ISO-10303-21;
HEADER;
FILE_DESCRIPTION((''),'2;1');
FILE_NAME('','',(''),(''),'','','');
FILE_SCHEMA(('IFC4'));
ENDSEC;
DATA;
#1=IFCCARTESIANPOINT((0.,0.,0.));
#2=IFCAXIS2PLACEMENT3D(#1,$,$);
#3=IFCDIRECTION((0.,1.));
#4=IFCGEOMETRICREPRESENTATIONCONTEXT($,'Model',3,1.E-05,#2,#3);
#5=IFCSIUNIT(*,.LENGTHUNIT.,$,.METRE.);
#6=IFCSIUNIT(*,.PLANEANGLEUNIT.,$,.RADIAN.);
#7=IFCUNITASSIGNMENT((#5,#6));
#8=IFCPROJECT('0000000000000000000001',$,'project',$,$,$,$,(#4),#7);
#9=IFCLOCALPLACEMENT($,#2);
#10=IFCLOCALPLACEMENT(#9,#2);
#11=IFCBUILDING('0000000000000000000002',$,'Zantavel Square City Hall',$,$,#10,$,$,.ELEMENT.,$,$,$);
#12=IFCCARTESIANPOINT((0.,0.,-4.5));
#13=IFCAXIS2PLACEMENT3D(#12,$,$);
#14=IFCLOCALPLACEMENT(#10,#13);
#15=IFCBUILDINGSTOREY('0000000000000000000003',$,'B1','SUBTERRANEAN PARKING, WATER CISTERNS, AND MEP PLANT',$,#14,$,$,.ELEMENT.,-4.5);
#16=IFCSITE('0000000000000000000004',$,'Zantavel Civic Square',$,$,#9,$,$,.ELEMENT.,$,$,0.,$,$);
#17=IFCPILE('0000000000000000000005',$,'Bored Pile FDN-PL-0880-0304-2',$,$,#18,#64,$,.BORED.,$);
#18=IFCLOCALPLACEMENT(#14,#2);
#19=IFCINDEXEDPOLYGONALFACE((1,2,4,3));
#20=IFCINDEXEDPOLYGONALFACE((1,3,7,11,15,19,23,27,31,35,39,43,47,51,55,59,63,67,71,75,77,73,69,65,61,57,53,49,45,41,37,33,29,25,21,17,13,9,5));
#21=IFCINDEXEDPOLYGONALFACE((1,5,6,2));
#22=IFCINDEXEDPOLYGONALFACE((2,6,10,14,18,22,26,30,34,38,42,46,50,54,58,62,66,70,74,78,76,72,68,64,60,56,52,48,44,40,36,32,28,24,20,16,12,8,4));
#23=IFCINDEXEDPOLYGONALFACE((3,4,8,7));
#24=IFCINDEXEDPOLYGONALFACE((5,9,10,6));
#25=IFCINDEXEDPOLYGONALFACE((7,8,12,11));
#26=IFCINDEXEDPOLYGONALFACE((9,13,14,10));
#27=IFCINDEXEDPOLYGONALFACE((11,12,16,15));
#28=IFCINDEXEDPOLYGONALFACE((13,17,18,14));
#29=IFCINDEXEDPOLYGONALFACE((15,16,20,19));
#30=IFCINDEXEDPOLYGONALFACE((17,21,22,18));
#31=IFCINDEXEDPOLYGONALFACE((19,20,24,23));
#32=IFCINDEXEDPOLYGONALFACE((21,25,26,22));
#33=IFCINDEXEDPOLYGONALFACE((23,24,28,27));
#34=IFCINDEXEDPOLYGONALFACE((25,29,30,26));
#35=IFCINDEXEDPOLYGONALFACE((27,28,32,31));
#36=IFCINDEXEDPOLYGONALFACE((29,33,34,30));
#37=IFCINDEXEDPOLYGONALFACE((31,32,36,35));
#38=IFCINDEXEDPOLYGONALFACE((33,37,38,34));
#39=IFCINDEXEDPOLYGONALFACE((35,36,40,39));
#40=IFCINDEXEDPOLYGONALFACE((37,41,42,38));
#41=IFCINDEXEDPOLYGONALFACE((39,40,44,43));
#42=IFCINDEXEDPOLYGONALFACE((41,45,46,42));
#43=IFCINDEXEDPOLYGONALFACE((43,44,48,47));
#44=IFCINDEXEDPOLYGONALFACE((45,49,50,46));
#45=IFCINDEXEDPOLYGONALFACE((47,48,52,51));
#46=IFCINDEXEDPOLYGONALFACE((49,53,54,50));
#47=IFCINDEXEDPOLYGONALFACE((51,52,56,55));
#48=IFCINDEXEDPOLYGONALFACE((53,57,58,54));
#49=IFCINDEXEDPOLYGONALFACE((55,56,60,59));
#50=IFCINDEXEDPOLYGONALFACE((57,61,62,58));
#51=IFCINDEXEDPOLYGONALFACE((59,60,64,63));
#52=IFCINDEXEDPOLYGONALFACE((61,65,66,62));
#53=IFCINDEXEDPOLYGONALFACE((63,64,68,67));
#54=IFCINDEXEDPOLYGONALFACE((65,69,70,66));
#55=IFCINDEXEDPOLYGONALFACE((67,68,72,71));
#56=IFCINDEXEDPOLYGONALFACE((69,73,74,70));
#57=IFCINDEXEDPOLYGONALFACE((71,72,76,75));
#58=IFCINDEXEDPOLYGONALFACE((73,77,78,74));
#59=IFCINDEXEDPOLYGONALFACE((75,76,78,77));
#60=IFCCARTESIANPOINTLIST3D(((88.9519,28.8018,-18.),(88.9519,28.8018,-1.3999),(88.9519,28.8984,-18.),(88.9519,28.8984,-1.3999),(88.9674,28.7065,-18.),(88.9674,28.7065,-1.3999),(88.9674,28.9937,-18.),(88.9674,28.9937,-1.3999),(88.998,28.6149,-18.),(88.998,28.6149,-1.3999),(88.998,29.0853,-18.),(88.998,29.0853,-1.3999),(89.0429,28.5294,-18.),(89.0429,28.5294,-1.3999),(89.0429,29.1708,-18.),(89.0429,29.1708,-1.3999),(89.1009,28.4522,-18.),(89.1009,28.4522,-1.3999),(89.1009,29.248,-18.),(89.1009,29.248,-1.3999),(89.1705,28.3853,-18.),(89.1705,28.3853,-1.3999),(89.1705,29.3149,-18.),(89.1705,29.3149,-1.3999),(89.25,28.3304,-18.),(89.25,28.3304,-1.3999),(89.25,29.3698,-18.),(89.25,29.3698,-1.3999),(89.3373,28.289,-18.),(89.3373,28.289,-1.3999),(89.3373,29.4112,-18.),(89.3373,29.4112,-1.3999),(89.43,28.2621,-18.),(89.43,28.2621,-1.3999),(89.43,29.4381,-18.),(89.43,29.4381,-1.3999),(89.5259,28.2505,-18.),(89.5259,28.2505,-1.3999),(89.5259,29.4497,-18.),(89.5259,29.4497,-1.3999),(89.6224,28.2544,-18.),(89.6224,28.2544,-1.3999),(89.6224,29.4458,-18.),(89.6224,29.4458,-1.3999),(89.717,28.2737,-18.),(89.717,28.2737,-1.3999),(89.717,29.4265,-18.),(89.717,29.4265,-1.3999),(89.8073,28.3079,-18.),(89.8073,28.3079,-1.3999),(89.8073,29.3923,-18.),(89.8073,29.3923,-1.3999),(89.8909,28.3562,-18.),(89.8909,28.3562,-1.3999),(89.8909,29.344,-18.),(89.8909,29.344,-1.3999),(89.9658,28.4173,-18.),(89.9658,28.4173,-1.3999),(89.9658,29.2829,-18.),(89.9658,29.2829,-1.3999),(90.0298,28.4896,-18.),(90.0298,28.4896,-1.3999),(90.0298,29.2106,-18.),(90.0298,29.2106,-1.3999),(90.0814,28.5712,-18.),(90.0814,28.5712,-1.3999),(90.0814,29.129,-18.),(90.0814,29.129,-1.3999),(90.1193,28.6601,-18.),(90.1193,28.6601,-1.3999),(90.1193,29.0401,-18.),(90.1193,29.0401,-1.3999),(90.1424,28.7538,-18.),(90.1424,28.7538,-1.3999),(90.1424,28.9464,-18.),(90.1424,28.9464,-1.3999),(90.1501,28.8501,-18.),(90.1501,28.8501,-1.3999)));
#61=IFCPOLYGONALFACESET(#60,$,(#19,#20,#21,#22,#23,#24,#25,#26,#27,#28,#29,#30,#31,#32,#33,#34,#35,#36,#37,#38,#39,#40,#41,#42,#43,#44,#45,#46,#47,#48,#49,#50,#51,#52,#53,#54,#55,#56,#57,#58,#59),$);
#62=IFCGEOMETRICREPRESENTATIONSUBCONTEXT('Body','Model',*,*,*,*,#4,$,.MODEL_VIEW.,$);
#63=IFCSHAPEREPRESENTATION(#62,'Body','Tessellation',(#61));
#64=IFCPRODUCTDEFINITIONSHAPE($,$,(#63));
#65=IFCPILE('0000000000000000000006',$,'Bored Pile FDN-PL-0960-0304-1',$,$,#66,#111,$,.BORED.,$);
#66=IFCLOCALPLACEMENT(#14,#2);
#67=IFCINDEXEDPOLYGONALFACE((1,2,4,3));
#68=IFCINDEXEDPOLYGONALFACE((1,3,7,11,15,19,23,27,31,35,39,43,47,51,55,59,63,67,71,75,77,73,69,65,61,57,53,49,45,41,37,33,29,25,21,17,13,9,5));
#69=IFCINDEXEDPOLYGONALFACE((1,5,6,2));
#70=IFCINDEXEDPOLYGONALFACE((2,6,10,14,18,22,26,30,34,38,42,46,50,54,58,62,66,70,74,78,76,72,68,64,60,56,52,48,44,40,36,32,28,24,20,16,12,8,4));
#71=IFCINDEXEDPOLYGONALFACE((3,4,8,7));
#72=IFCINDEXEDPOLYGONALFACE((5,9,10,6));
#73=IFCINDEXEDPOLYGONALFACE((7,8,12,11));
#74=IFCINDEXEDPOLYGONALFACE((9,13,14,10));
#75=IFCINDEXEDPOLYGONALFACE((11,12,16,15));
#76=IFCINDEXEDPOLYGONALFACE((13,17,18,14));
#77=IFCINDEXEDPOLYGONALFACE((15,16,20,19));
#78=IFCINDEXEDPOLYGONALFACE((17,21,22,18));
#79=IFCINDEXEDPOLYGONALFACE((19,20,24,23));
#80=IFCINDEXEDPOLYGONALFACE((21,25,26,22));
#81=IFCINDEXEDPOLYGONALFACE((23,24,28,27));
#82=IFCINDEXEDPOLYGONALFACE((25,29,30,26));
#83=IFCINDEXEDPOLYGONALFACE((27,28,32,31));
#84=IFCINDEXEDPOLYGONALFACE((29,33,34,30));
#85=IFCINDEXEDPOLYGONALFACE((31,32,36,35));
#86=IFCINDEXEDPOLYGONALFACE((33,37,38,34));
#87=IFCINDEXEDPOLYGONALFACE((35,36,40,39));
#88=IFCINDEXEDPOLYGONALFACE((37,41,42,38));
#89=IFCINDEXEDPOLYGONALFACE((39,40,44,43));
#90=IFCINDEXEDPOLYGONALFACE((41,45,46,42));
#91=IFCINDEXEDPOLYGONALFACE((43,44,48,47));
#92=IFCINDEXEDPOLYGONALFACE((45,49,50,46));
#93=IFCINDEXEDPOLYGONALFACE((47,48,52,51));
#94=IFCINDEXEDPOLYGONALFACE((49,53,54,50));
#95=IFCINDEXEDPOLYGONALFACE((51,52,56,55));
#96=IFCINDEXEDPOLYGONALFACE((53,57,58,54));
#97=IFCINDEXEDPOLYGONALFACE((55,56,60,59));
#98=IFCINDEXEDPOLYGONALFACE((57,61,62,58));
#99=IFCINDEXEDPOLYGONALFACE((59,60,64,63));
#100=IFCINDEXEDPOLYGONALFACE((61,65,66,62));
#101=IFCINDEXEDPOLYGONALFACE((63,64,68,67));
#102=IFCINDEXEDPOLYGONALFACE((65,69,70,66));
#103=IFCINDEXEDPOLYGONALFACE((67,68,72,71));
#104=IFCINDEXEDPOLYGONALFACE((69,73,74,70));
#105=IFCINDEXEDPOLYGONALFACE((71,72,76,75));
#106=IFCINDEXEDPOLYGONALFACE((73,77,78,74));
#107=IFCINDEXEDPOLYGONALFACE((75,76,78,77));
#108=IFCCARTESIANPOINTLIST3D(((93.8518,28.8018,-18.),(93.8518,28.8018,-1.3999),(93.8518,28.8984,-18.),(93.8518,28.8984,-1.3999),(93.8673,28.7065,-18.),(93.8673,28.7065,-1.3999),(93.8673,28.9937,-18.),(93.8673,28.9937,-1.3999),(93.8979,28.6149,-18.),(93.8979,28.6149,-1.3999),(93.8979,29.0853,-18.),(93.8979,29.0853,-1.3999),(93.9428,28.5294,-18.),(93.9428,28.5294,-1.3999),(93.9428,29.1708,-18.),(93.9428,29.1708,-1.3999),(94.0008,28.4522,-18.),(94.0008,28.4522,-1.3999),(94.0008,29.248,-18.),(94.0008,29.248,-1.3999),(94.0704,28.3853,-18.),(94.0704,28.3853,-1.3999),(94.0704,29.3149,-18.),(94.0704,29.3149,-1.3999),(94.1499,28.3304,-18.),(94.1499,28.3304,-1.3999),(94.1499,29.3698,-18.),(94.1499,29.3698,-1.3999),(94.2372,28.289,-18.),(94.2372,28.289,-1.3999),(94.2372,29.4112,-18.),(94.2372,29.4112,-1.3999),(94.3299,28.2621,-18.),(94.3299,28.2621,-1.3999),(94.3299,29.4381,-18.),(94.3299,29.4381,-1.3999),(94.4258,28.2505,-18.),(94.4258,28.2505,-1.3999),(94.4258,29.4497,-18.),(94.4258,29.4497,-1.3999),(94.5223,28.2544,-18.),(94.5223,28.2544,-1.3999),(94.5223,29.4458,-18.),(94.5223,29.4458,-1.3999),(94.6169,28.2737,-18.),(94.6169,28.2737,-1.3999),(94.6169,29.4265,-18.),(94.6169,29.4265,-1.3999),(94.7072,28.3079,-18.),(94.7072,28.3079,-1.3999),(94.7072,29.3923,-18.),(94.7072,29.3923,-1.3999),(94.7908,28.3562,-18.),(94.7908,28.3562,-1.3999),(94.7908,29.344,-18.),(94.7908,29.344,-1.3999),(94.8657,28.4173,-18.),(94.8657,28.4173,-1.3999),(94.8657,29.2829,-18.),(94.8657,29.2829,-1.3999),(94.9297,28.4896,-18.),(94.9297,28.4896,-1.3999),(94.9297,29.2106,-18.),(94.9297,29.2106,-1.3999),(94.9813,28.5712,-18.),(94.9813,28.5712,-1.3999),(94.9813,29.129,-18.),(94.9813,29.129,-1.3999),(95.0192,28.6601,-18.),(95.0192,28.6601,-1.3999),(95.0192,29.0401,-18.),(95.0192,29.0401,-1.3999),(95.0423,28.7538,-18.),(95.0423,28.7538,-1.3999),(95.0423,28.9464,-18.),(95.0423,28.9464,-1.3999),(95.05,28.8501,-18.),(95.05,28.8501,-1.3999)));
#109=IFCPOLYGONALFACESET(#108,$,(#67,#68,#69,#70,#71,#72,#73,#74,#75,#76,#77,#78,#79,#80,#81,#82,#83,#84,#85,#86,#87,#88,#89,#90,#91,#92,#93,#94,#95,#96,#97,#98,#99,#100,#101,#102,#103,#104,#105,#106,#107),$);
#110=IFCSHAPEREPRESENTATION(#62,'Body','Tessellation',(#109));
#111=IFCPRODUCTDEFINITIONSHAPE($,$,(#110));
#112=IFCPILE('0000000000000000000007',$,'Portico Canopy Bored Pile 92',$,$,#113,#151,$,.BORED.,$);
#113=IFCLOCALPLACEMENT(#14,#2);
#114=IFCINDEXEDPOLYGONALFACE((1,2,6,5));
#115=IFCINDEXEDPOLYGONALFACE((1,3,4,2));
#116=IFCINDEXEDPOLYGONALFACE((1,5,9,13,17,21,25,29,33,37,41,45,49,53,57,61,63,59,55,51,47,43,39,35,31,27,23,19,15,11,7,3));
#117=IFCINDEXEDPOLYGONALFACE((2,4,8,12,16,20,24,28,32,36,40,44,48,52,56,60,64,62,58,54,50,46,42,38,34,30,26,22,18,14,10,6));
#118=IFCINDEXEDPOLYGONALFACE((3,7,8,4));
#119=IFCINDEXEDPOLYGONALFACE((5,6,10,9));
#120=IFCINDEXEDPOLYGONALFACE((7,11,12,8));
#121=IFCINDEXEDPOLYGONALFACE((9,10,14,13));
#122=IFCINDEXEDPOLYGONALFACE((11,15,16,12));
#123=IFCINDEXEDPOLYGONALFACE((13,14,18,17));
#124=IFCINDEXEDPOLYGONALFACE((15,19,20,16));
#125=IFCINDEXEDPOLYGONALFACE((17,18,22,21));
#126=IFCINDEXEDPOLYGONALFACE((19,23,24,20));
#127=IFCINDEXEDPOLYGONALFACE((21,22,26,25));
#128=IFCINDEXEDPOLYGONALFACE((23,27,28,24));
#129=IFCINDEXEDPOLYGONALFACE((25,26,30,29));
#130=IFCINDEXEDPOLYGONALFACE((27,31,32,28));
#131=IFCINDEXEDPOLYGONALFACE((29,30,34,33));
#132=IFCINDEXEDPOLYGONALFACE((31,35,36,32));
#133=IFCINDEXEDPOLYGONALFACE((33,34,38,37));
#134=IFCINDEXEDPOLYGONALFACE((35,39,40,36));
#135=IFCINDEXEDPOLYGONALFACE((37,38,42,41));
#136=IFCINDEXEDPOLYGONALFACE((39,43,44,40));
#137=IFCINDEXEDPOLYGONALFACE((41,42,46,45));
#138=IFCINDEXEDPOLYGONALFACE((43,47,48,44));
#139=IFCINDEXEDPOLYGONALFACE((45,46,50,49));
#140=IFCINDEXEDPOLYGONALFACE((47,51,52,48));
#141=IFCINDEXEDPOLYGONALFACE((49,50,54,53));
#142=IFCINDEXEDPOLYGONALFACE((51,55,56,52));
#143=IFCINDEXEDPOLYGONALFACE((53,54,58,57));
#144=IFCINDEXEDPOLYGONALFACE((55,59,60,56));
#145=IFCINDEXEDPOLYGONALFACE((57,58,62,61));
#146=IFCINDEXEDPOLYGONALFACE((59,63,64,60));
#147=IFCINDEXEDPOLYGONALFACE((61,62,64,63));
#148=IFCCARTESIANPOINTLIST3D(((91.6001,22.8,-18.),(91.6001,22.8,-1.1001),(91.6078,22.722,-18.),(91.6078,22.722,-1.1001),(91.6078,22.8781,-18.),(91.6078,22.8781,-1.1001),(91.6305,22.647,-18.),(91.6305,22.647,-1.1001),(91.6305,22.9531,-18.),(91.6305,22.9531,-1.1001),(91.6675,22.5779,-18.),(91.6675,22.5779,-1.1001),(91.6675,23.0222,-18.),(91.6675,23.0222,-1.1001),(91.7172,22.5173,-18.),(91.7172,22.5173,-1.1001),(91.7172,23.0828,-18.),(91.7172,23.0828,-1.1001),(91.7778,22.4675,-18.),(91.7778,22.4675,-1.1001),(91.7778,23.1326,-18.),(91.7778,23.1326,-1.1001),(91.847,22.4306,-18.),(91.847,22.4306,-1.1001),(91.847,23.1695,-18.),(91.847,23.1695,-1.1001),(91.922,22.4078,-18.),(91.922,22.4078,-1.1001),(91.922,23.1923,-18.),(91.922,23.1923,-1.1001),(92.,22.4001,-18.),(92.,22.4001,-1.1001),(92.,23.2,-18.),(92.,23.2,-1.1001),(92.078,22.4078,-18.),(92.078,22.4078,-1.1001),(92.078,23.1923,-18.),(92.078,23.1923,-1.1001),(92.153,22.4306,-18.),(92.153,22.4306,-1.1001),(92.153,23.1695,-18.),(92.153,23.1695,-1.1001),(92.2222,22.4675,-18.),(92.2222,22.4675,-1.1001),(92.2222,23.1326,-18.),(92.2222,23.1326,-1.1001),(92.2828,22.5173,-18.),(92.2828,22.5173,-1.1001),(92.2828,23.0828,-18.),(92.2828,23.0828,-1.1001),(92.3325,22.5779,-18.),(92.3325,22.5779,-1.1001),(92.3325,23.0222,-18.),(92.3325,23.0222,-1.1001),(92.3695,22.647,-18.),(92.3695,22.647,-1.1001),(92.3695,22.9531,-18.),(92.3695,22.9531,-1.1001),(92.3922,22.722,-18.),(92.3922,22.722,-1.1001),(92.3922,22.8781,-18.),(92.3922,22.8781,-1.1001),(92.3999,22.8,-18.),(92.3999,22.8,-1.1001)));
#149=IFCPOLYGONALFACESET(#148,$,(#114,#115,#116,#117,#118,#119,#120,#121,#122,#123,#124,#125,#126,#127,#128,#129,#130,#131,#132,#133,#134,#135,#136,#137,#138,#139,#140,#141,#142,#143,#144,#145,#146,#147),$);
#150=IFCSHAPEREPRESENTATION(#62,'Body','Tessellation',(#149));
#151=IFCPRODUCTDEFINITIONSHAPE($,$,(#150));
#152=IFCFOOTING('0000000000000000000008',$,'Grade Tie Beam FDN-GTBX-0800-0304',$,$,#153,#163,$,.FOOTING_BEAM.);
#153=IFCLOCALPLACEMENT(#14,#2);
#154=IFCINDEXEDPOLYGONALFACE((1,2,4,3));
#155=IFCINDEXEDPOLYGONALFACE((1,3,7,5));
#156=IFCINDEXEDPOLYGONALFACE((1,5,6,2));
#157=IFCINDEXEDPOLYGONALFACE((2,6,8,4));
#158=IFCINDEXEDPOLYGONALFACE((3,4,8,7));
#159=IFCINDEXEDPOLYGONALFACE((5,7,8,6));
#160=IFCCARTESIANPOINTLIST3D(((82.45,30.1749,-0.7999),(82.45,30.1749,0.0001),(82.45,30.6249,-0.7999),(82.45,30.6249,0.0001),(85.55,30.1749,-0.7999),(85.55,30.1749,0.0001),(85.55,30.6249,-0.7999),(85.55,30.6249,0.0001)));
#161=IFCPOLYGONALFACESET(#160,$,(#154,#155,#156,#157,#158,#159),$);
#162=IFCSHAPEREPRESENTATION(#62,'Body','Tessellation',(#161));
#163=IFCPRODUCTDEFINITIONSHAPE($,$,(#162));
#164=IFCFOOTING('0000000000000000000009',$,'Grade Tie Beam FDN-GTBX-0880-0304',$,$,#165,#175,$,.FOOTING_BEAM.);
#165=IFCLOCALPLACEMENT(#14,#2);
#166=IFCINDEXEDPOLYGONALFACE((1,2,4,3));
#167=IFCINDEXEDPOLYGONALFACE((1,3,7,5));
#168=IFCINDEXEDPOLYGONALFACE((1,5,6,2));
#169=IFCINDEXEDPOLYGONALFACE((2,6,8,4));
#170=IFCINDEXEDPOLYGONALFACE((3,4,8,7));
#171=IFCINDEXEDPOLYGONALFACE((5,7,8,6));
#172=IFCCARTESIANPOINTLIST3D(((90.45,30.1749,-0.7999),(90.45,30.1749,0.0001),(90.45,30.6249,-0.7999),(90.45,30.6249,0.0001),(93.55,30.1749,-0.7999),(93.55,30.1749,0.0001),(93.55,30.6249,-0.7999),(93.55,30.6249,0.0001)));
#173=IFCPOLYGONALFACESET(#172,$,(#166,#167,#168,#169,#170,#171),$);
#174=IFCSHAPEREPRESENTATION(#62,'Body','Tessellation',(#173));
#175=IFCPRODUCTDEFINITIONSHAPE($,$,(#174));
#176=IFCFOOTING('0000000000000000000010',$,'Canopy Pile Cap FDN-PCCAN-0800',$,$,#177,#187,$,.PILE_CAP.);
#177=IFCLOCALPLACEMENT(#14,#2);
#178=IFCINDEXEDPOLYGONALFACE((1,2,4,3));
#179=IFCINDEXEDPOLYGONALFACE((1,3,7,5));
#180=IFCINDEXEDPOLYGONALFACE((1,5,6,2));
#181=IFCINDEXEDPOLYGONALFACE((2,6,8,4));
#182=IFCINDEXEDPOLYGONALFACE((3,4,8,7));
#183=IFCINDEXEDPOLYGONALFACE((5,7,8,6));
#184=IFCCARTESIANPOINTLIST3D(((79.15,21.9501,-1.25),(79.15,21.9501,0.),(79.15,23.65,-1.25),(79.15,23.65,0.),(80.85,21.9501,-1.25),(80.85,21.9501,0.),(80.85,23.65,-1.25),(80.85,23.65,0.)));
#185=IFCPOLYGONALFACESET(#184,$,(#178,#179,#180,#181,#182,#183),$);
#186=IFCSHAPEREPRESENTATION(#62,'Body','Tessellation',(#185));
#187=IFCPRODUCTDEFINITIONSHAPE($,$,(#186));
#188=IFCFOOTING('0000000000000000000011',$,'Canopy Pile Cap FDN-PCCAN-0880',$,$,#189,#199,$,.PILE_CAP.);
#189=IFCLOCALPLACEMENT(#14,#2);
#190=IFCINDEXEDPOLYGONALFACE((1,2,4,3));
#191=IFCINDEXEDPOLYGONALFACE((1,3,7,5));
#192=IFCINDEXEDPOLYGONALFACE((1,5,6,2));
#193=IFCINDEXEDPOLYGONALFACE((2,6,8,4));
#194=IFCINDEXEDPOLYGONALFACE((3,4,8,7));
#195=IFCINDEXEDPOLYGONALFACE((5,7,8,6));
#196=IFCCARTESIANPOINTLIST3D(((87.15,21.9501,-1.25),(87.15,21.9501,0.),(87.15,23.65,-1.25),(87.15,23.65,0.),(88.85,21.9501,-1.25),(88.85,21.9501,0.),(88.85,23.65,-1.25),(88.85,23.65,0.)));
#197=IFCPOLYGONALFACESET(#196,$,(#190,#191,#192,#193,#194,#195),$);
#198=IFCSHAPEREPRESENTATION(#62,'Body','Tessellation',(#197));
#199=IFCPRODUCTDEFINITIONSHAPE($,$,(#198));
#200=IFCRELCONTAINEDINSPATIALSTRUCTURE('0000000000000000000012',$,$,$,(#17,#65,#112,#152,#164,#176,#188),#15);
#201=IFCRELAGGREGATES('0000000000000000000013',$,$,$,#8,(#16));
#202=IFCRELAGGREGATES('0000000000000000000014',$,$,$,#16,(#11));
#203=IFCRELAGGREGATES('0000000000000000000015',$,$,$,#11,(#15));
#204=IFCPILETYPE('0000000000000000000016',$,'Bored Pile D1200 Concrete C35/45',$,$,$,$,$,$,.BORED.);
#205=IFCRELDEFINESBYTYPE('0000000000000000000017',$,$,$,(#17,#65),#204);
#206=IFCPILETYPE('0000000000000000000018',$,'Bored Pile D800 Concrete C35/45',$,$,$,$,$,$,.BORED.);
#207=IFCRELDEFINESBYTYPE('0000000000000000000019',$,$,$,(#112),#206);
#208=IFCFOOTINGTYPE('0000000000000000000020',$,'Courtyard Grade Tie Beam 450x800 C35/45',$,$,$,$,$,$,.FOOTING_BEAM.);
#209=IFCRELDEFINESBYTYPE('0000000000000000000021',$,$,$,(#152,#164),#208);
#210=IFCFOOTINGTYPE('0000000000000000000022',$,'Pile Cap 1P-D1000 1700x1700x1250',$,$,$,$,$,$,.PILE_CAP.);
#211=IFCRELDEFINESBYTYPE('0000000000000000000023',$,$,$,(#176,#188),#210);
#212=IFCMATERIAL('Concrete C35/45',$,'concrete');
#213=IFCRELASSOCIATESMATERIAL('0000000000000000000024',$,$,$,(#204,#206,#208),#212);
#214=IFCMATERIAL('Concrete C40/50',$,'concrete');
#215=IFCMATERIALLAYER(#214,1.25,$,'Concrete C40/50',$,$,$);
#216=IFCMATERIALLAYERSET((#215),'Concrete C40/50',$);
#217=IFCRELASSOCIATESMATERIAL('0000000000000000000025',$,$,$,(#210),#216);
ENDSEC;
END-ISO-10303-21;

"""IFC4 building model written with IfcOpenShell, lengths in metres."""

from ifc_helpers import new_model, si_unit, direction, frame, origin, origin_2d, place, context, subcontext, project, spatial, rectangle, circle, extrude, material, layer, layer_set, material_profile, profile_set, type_object, element, save


model = new_model("IFC4")

# Units and contexts
model_context = context("Model", 3, precision=1e-05, world=origin(), true_north=direction((0.0, 1.0)))
body_context = subcontext(model_context, "Body", "Model", "MODEL_VIEW")
ifc_project = project(units=[si_unit("LENGTHUNIT", "METRE"), si_unit("PLANEANGLEUNIT", "RADIAN")], contexts=[model_context])

# Site, building, storey
site_placement = place(None, origin())
site = spatial("IfcSite", under=ifc_project, at=site_placement, Name="Zantavel Civic Square", CompositionType="ELEMENT", RefElevation=0.0)
building_placement = place(site_placement, origin())
building = spatial("IfcBuilding", under=site, at=building_placement, Name="Zantavel Square City Hall", CompositionType="ELEMENT")
storey_placement = place(building_placement, frame((0.0, 0.0, -4.5)))
storey = spatial("IfcBuildingStorey", under=building, at=storey_placement, Name="B1", Description="SUBTERRANEAN PARKING, WATER CISTERNS, AND MEP PLANT", CompositionType="ELEMENT", Elevation=-4.5)

# Piles
ifc_material_1 = material(Name="Concrete C35/45", Category="concrete")
ifc_material_profile_1 = material_profile(ifc_material_1, circle(Radius=0.6001, at=origin_2d()), Name="PILE D1200")
ifc_profile_set_1 = profile_set([ifc_material_profile_1], Name="Concrete C35/45")
pile_type_1 = type_object("IfcPileType", Name="Bored Pile D1200 Concrete C35/45", PredefinedType="BORED", material=ifc_profile_set_1)
for number, where, z_axis, x_axis, name in (
    (1, (89.55, 28.8501, -1.3999), (0.0, 0.0, -1.0), (1.0, 0.0, 0.0), "Bored Pile FDN-PL-0880-0304-2"),
    (2, (94.45, 28.8501, -1.3999), (0.0, 0.0, -1.0), (1.0, 0.0, 0.0), "Bored Pile FDN-PL-0960-0304-1"),
):
    element("IfcPile", number, at=place(storey_placement, frame(where, z_axis=z_axis, x_axis=x_axis)), inside=storey, type_object=pile_type_1, Name=name, PredefinedType="BORED", context=body_context, shape_type="SweptSolid", body=[
        extrude(circle(Radius=0.6001, at=origin_2d()), origin(), (0.0, 0.0, 1.0), 16.6001),
    ])
ifc_material_profile_2 = material_profile(ifc_material_1, circle(Radius=0.3999, at=origin_2d()), Name="PILE D800")
ifc_profile_set_2 = profile_set([ifc_material_profile_2], Name="Concrete C35/45")
pile_type_2 = type_object("IfcPileType", Name="Bored Pile D800 Concrete C35/45", PredefinedType="BORED", material=ifc_profile_set_2)
pile_placement = place(storey_placement, frame((92.0, 22.8, -1.1001), z_axis=(0.0, 0.0, -1.0), x_axis=(1.0, 0.0, 0.0)))
element("IfcPile", 3, at=pile_placement, inside=storey, type_object=pile_type_2, Name="Portico Canopy Bored Pile 92", PredefinedType="BORED", context=body_context, shape_type="SweptSolid", body=[
    extrude(circle(Radius=0.3999, at=origin_2d()), origin(), (0.0, 0.0, 1.0), 16.8999),
])

# Footings
ifc_material_profile_3 = material_profile(ifc_material_1, rectangle(XDim=0.45, YDim=0.8, at=origin_2d()), Name="RC 450x800")
ifc_profile_set_3 = profile_set([ifc_material_profile_3], Name="Concrete C35/45")
footing_type_1 = type_object("IfcFootingType", Name="Courtyard Grade Tie Beam 450x800 C35/45", PredefinedType="FOOTING_BEAM", material=ifc_profile_set_3)
for number, where, z_axis, x_axis, name in (
    (4, (82.45, 30.3999, -0.3999), (1.0, 0.0, 0.0), (0.0, 1.0, 0.0), "Grade Tie Beam FDN-GTBX-0800-0304"),
    (5, (90.45, 30.3999, -0.3999), (1.0, 0.0, 0.0), (0.0, 1.0, 0.0), "Grade Tie Beam FDN-GTBX-0880-0304"),
):
    element("IfcFooting", number, at=place(storey_placement, frame(where, z_axis=z_axis, x_axis=x_axis)), inside=storey, type_object=footing_type_1, Name=name, PredefinedType="FOOTING_BEAM", context=body_context, shape_type="SweptSolid", body=[
        extrude(rectangle(XDim=0.45, YDim=0.8, at=origin_2d()), origin(), (0.0, 0.0, 1.0), 3.1001),
    ])
ifc_material_2 = material(Name="Concrete C40/50", Category="concrete")
ifc_layer_1 = layer(ifc_material_2, 1.25, Name="Concrete C40/50")
ifc_layer_set_1 = layer_set([ifc_layer_1], Name="Concrete C40/50")
footing_type_2 = type_object("IfcFootingType", Name="Pile Cap 1P-D1000 1700x1700x1250", PredefinedType="PILE_CAP", material=ifc_layer_set_1)
for number, where, z_axis, x_axis, name in (
    (6, (80.0, 22.8, -1.25), (0.0, 0.0, 1.0), (1.0, 0.0, 0.0), "Canopy Pile Cap FDN-PCCAN-0800"),
    (7, (88.0, 22.8, -1.25), (0.0, 0.0, 1.0), (1.0, 0.0, 0.0), "Canopy Pile Cap FDN-PCCAN-0880"),
):
    element("IfcFooting", number, at=place(storey_placement, frame(where, z_axis=z_axis, x_axis=x_axis)), inside=storey, type_object=footing_type_2, Name=name, PredefinedType="PILE_CAP", context=body_context, shape_type="SweptSolid", body=[
        extrude(rectangle(XDim=1.7, YDim=1.7, at=origin_2d()), origin(), (0.0, 0.0, 1.0), 1.25),
    ])

save(model, "model.ifc")
